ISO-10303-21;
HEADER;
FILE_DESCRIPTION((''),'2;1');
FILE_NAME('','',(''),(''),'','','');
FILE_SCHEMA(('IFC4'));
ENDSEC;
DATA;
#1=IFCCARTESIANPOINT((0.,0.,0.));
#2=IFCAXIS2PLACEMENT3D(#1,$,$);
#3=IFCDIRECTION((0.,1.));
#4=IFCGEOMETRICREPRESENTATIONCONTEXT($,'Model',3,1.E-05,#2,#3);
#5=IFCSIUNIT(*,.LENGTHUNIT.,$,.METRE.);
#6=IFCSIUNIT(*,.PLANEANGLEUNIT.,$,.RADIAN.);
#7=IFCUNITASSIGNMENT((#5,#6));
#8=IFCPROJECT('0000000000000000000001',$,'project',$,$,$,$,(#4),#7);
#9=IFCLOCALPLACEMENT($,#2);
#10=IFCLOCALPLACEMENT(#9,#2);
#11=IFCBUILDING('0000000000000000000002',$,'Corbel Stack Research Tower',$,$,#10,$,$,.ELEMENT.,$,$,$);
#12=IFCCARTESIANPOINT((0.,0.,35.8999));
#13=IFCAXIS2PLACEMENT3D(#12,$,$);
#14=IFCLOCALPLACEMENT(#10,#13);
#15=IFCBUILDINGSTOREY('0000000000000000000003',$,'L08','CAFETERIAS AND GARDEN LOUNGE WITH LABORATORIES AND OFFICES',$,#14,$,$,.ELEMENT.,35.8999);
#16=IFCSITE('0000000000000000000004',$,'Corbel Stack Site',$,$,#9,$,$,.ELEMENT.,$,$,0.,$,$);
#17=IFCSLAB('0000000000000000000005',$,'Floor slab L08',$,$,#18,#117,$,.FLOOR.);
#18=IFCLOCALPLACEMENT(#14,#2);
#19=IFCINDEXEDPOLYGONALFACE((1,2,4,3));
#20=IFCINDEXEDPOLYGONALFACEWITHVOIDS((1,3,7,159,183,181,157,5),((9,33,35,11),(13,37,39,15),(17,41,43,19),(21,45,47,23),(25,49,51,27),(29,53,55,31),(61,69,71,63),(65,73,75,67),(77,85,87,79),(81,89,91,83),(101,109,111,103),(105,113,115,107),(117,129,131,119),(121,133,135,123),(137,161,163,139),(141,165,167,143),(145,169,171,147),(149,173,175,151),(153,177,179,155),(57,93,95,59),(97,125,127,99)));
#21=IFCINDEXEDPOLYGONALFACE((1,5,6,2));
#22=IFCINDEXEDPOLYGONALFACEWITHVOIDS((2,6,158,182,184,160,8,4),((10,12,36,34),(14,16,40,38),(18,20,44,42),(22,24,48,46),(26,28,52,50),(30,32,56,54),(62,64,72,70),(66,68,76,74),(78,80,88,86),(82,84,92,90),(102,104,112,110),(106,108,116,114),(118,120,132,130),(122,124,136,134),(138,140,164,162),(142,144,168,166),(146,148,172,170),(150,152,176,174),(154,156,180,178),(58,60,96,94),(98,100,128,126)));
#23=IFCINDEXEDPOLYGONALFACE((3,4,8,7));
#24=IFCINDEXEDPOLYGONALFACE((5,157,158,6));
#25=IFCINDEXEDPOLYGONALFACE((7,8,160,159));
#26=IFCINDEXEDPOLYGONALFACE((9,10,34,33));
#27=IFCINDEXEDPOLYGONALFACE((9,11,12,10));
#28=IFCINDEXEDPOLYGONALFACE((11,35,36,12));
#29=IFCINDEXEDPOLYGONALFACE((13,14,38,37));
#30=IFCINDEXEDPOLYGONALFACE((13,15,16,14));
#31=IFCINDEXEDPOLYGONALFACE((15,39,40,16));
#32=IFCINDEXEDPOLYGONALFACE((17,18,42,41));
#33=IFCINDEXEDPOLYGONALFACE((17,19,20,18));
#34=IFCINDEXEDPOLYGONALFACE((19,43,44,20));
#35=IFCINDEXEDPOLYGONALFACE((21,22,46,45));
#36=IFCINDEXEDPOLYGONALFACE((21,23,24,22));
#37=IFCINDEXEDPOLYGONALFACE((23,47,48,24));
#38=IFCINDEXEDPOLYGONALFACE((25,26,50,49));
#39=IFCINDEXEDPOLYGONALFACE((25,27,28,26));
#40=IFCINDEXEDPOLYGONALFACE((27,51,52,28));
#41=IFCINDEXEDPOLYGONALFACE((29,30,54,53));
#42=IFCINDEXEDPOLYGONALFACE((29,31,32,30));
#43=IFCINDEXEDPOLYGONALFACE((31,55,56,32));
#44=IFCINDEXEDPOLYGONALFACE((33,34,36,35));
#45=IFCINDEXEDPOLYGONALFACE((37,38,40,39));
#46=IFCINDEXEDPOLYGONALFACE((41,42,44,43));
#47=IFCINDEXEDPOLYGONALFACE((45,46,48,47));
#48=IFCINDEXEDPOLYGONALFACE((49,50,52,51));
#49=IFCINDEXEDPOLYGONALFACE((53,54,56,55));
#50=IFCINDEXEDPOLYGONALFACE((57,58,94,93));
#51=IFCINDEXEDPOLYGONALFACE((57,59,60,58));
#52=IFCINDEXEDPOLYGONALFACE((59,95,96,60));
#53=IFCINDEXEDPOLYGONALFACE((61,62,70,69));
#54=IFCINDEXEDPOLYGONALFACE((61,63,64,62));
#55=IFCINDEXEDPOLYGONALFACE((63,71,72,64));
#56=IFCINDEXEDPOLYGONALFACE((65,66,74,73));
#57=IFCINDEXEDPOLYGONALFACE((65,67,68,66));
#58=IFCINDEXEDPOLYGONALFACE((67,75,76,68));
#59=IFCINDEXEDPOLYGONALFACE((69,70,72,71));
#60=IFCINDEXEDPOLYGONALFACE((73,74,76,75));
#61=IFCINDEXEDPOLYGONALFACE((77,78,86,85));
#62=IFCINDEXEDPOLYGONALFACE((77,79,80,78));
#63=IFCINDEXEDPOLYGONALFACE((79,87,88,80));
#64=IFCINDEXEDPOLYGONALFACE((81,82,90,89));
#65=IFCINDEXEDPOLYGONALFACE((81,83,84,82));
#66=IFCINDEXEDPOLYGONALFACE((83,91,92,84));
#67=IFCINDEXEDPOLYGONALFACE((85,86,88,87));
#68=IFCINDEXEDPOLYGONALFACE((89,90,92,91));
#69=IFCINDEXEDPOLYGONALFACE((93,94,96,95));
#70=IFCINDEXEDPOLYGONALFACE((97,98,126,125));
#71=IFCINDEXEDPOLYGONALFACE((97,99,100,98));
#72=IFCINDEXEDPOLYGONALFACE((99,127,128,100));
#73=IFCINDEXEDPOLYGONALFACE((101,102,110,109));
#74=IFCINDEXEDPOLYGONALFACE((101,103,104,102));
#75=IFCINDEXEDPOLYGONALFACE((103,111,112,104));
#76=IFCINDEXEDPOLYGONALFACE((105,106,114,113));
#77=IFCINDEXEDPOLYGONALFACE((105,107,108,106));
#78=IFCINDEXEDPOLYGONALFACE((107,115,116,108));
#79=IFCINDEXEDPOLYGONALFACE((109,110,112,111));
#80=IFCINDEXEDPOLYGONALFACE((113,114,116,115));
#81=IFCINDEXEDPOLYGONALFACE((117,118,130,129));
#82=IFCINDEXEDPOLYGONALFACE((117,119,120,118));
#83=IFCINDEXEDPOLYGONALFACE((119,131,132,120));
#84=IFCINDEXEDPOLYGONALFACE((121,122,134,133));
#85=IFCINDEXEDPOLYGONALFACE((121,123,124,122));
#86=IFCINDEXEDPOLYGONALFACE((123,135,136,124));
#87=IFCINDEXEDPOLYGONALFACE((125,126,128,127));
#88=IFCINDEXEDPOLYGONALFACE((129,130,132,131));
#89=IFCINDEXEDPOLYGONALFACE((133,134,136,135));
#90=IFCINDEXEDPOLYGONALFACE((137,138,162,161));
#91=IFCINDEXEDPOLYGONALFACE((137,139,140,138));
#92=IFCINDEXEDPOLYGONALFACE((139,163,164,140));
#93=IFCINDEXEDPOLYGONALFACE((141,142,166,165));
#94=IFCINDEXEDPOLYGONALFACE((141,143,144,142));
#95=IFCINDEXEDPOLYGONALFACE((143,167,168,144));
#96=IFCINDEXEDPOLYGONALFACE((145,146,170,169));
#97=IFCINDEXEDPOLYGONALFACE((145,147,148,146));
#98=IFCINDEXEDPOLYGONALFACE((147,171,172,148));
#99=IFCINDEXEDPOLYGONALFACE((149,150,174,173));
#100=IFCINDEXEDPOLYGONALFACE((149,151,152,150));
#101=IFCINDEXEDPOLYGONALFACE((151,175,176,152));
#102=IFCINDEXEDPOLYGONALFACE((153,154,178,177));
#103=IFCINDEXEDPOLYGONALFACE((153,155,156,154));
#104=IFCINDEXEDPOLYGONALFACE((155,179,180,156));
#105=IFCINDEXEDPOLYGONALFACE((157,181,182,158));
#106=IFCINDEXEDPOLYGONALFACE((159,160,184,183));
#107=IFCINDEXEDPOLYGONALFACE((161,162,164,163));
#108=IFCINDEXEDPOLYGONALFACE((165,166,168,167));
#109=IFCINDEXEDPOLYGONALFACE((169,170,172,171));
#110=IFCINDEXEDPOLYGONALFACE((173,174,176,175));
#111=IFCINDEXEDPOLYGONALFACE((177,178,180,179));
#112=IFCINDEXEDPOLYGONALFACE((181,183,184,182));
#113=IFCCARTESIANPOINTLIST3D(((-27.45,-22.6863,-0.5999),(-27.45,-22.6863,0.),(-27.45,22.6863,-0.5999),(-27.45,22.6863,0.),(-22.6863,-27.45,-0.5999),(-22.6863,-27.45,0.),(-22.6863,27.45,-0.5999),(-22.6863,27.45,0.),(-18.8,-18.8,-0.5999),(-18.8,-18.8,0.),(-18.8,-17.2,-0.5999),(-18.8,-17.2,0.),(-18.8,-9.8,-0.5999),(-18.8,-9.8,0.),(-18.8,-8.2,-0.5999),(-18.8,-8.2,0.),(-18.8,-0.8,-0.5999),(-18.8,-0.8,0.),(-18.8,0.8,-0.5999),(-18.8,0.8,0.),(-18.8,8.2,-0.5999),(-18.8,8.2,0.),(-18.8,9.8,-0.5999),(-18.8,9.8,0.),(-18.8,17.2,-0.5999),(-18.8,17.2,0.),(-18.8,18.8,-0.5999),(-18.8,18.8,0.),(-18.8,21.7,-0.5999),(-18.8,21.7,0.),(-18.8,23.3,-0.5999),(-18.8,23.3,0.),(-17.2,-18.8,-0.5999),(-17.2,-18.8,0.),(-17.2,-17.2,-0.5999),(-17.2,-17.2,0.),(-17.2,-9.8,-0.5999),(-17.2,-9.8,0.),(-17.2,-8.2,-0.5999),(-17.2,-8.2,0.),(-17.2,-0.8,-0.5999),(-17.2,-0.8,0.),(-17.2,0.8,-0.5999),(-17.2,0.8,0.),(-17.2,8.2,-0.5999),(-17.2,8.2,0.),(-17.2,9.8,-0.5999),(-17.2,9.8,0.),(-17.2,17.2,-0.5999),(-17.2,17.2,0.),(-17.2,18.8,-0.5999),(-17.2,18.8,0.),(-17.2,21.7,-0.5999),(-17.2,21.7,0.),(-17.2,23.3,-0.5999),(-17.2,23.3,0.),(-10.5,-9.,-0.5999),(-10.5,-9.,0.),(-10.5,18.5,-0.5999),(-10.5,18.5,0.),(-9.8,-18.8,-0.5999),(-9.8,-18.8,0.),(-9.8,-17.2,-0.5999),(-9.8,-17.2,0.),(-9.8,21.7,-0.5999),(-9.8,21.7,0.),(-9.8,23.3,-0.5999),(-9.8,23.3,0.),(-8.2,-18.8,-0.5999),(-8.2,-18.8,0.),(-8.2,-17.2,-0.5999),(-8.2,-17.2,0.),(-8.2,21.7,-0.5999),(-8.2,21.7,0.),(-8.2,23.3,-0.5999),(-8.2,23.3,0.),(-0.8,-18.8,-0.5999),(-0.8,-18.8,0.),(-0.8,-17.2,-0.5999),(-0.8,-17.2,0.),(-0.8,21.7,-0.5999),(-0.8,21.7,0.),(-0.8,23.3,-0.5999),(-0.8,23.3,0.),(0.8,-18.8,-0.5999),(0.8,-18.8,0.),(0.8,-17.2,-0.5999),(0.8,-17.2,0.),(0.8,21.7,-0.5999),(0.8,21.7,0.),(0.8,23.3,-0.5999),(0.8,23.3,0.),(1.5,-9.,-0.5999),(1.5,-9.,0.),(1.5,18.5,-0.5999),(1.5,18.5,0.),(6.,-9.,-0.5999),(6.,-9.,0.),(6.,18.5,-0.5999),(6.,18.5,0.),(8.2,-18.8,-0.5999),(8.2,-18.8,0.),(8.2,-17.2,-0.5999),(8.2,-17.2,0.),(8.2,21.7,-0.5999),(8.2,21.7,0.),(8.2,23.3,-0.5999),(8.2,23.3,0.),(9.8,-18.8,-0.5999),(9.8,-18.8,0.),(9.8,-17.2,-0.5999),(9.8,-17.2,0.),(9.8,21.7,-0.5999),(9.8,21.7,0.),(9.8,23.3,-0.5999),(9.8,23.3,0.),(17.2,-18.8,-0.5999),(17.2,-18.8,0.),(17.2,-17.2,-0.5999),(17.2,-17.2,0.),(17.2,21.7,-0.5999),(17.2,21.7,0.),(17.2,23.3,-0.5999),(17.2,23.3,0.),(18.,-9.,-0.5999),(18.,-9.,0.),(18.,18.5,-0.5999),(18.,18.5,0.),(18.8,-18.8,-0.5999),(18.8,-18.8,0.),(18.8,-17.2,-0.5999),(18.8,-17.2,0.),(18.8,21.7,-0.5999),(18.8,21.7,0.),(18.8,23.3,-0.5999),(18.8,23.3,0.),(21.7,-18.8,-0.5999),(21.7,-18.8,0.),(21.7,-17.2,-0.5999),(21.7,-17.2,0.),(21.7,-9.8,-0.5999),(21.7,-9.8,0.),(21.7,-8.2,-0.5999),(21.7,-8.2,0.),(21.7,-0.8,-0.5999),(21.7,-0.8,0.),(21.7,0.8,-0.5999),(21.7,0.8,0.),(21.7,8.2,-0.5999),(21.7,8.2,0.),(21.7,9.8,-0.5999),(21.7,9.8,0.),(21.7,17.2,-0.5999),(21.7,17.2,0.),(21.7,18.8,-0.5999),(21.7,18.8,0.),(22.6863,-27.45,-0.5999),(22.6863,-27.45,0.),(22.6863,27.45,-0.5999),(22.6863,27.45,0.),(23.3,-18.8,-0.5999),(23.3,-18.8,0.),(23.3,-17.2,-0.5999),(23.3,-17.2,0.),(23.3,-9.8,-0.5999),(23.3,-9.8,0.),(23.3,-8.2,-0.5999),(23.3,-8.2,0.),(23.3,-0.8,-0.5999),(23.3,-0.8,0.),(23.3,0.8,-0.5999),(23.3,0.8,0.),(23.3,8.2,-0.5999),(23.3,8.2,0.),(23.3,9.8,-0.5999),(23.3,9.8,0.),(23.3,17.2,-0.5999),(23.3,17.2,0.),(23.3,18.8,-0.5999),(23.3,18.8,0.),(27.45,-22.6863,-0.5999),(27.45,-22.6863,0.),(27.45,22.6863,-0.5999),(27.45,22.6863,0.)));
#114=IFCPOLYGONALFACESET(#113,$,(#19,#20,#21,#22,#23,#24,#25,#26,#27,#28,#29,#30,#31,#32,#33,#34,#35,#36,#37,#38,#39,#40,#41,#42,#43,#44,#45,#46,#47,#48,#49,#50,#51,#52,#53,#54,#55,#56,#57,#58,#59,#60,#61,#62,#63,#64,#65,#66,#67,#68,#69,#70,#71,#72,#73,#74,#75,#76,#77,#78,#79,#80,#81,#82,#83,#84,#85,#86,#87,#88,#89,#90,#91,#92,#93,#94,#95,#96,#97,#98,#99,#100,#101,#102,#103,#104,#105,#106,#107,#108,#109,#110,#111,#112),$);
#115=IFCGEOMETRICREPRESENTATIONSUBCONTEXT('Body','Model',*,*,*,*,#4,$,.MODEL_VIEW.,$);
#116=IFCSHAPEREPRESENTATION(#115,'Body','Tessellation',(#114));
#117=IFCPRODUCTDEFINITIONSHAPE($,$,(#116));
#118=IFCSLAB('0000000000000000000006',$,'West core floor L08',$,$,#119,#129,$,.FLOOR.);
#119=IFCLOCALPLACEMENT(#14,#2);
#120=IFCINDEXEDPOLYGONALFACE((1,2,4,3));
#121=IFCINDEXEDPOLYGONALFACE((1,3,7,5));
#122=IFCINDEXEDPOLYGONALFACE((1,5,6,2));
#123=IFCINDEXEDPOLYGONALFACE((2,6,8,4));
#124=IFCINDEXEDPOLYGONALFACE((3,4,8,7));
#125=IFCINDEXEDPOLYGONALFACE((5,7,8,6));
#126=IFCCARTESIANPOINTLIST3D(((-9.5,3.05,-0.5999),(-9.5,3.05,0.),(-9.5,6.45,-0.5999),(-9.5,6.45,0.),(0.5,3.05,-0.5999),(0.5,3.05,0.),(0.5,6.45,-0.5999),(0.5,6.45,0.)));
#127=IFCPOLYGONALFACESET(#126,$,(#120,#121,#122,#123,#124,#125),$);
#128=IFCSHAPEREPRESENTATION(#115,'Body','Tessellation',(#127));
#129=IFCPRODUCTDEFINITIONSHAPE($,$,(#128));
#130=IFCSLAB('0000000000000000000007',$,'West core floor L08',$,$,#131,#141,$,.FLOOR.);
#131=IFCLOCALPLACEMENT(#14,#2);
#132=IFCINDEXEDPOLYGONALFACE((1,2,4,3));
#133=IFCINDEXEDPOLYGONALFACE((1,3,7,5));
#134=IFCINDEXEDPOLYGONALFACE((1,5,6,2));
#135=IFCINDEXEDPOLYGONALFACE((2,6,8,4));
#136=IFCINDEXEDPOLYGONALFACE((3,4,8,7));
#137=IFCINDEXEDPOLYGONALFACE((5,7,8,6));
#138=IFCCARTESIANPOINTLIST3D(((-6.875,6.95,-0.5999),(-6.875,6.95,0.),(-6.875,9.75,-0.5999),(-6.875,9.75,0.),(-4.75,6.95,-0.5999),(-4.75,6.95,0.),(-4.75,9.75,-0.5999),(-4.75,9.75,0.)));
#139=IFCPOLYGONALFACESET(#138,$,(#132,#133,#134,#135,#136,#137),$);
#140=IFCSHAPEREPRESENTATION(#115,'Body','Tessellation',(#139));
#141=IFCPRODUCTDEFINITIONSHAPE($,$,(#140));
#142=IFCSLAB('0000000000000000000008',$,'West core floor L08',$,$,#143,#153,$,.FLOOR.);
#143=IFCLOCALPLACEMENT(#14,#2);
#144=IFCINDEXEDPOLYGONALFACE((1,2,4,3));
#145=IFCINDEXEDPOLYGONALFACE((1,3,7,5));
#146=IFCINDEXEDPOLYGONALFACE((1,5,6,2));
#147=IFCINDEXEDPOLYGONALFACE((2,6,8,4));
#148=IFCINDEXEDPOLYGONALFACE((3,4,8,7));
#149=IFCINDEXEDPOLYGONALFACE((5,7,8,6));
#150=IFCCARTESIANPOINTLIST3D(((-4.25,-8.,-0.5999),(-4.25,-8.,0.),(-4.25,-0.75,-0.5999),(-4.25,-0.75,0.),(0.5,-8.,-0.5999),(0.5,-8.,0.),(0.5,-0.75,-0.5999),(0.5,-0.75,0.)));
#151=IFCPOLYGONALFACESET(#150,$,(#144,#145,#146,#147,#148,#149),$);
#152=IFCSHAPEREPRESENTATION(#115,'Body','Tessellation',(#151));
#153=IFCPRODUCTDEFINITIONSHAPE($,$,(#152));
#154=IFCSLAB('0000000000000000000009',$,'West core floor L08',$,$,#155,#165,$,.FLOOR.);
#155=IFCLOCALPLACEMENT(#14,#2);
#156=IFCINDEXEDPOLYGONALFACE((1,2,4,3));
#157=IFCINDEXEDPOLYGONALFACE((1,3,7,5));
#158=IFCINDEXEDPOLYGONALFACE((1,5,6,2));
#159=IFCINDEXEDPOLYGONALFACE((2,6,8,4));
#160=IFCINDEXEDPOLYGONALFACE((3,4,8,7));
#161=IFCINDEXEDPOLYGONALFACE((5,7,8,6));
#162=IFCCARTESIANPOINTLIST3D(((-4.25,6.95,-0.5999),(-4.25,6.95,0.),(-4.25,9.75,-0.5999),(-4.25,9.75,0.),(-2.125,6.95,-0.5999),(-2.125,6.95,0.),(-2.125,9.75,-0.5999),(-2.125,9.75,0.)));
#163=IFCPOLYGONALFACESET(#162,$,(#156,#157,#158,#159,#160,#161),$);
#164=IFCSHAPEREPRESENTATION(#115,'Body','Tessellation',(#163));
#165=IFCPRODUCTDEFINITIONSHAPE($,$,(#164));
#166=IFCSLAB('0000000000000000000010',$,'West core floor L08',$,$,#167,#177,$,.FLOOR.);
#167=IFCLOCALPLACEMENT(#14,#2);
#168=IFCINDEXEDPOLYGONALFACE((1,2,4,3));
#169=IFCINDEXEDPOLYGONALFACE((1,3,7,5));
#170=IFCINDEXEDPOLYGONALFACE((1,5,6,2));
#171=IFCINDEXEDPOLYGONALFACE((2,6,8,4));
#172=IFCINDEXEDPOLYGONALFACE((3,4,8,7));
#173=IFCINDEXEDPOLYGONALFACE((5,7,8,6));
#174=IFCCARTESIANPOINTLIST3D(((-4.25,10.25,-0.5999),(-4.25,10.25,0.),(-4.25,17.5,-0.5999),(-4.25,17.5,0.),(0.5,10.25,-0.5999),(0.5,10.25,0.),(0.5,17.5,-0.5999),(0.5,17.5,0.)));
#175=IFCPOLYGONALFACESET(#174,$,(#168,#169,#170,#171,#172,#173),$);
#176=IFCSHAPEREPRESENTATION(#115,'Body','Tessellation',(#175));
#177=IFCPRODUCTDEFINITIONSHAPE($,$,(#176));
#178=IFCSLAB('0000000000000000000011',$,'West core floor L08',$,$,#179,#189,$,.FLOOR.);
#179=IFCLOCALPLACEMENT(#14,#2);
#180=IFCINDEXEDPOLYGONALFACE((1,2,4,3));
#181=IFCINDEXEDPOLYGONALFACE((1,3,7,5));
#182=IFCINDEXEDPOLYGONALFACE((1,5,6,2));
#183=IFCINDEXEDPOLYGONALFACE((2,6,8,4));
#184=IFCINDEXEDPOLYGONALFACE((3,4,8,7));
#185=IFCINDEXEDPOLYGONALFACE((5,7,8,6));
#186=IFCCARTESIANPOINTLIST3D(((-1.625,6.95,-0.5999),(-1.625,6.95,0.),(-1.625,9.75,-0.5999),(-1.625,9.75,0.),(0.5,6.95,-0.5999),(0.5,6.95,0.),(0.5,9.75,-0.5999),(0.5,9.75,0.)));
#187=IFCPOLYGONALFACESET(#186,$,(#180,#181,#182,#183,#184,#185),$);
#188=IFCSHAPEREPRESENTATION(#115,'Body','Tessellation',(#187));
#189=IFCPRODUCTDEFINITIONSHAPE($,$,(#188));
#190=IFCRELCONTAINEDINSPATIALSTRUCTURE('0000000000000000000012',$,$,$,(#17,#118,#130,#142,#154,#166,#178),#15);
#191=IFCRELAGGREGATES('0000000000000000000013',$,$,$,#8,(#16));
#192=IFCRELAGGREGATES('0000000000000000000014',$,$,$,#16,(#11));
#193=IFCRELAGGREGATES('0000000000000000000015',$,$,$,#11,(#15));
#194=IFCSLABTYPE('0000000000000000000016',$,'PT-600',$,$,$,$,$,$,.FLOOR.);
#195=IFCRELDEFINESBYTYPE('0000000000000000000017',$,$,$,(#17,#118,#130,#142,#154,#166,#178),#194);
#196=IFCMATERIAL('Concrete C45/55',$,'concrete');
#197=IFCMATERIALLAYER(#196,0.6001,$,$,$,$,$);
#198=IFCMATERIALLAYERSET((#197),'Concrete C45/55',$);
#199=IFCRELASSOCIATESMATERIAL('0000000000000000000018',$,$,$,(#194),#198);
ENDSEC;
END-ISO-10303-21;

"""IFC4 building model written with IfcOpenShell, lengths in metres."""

from ifc_helpers import new_model, si_unit, direction, frame, origin, place, context, subcontext, project, spatial, polyline, outline, extrude, material, layer, layer_set, type_object, element, save


model = new_model("IFC4")

# Units and contexts
model_context = context("Model", 3, precision=1e-05, world=origin(), true_north=direction((0.0, 1.0)))
body_context = subcontext(model_context, "Body", "Model", "MODEL_VIEW")
ifc_project = project(units=[si_unit("LENGTHUNIT", "METRE"), si_unit("PLANEANGLEUNIT", "RADIAN")], contexts=[model_context])

# Site, building, storey
site_placement = place(None, origin())
site = spatial("IfcSite", under=ifc_project, at=site_placement, Name="Corbel Stack Site", CompositionType="ELEMENT", RefElevation=0.0)
building_placement = place(site_placement, origin())
building = spatial("IfcBuilding", under=site, at=building_placement, Name="Corbel Stack Research Tower", CompositionType="ELEMENT")
storey_placement = place(building_placement, frame((0.0, 0.0, 35.8999)))
storey = spatial("IfcBuildingStorey", under=building, at=storey_placement, Name="L08", Description="CAFETERIAS AND GARDEN LOUNGE WITH LABORATORIES AND OFFICES", CompositionType="ELEMENT", Elevation=35.8999)

# Slabs
ifc_material_1 = material(Name="Concrete C45/55", Category="concrete")
ifc_layer_1 = layer(ifc_material_1, 0.6001)
ifc_layer_set_1 = layer_set([ifc_layer_1], Name="Concrete C45/55")
slab_type = type_object("IfcSlabType", Name="PT-600", PredefinedType="FLOOR", material=ifc_layer_set_1)
slab_1_placement = place(storey_placement, frame((0.0, 0.0, -0.5999)))
element("IfcSlab", 1, at=slab_1_placement, inside=storey, type_object=slab_type, Name="Floor slab L08", PredefinedType="FLOOR", context=body_context, shape_type="SweptSolid", body=[
    extrude(outline(polyline([(-22.6863, -27.45), (22.6863, -27.45), (27.45, -22.6863), (27.45, 22.6863), (22.6863, 27.45), (-22.6863, 27.45), (-27.45, 22.6863), (-27.45, -22.6863), (-22.6863, -27.45)]), holes=[polyline([(23.3, 17.2), (21.7, 17.2), (21.7, 18.8), (23.3, 18.8), (23.3, 17.2)]), polyline([(21.7, 8.2), (21.7, 9.8), (23.3, 9.8), (23.3, 8.2), (21.7, 8.2)]), polyline([(23.3, -0.8), (21.7, -0.8), (21.7, 0.8), (23.3, 0.8), (23.3, -0.8)]), polyline([(21.7, -9.8), (21.7, -8.2), (23.3, -8.2), (23.3, -9.8), (21.7, -9.8)]), polyline([(21.7, -18.8), (21.7, -17.2), (23.3, -17.2), (23.3, -18.8), (21.7, -18.8)]), polyline([(17.2, 21.7), (17.2, 23.3), (18.8, 23.3), (18.8, 21.7), (17.2, 21.7)]), polyline([(18.8, -18.8), (17.2, -18.8), (17.2, -17.2), (18.8, -17.2), (18.8, -18.8)]), polyline([(6.0, -9.0), (6.0, 18.5), (18.0, 18.5), (18.0, -9.0), (6.0, -9.0)]), polyline([(8.2, 21.7), (8.2, 23.3), (9.8, 23.3), (9.8, 21.7), (8.2, 21.7)]), polyline([(9.8, -18.8), (8.2, -18.8), (8.2, -17.2), (9.8, -17.2), (9.8, -18.8)]), polyline([(1.5, -9.0), (-10.5, -9.0), (-10.5, 18.5), (1.5, 18.5), (1.5, -9.0)]), polyline([(0.8, 21.7), (-0.8, 21.7), (-0.8, 23.3), (0.8, 23.3), (0.8, 21.7)]), polyline([(0.8, -18.8), (-0.8, -18.8), (-0.8, -17.2), (0.8, -17.2), (0.8, -18.8)]), polyline([(-9.8, 21.7), (-9.8, 23.3), (-8.2, 23.3), (-8.2, 21.7), (-9.8, 21.7)]), polyline([(-8.2, -18.8), (-9.8, -18.8), (-9.8, -17.2), (-8.2, -17.2), (-8.2, -18.8)]), polyline([(-18.8, 21.7), (-18.8, 23.3), (-17.2, 23.3), (-17.2, 21.7), (-18.8, 21.7)]), polyline([(-17.2, 17.2), (-18.8, 17.2), (-18.8, 18.8), (-17.2, 18.8), (-17.2, 17.2)]), polyline([(-17.2, 8.2), (-18.8, 8.2), (-18.8, 9.8), (-17.2, 9.8), (-17.2, 8.2)]), polyline([(-18.8, -0.8), (-18.8, 0.8), (-17.2, 0.8), (-17.2, -0.8), (-18.8, -0.8)]), polyline([(-18.8, -9.8), (-18.8, -8.2), (-17.2, -8.2), (-17.2, -9.8), (-18.8, -9.8)]), polyline([(-17.2, -18.8), (-18.8, -18.8), (-18.8, -17.2), (-17.2, -17.2), (-17.2, -18.8)])]), origin(), (0.0, 0.0, 1.0), 0.5999),
])
slab_2_placement = place(storey_placement, frame((0.0, 0.0, -0.5999)))
element("IfcSlab", 2, at=slab_2_placement, inside=storey, type_object=slab_type, Name="West core floor L08", PredefinedType="FLOOR", context=body_context, shape_type="SweptSolid", body=[
    extrude(outline(polyline([(-9.5, 6.45), (-9.5, 3.05), (0.5, 3.05), (0.5, 6.45), (-9.5, 6.45)])), origin(), (0.0, 0.0, 1.0), 0.5999),
])
slab_3_placement = place(storey_placement, frame((0.0, 0.0, -0.5999)))
element("IfcSlab", 3, at=slab_3_placement, inside=storey, type_object=slab_type, Name="West core floor L08", PredefinedType="FLOOR", context=body_context, shape_type="SweptSolid", body=[
    extrude(outline(polyline([(-6.875, 6.95), (-4.75, 6.95), (-4.75, 9.75), (-6.875, 9.75), (-6.875, 6.95)])), origin(), (0.0, 0.0, 1.0), 0.5999),
])
slab_4_placement = place(storey_placement, frame((0.0, 0.0, -0.5999)))
element("IfcSlab", 4, at=slab_4_placement, inside=storey, type_object=slab_type, Name="West core floor L08", PredefinedType="FLOOR", context=body_context, shape_type="SweptSolid", body=[
    extrude(outline(polyline([(-4.25, -0.75), (-4.25, -8.0), (0.5, -8.0), (0.5, -0.75), (-4.25, -0.75)])), origin(), (0.0, 0.0, 1.0), 0.5999),
])
slab_5_placement = place(storey_placement, frame((0.0, 0.0, -0.5999)))
element("IfcSlab", 5, at=slab_5_placement, inside=storey, type_object=slab_type, Name="West core floor L08", PredefinedType="FLOOR", context=body_context, shape_type="SweptSolid", body=[
    extrude(outline(polyline([(-2.125, 6.95), (-2.125, 9.75), (-4.25, 9.75), (-4.25, 6.95), (-2.125, 6.95)])), origin(), (0.0, 0.0, 1.0), 0.5999),
])
slab_6_placement = place(storey_placement, frame((0.0, 0.0, -0.5999)))
element("IfcSlab", 6, at=slab_6_placement, inside=storey, type_object=slab_type, Name="West core floor L08", PredefinedType="FLOOR", context=body_context, shape_type="SweptSolid", body=[
    extrude(outline(polyline([(-4.25, 17.5), (-4.25, 10.25), (0.5, 10.25), (0.5, 17.5), (-4.25, 17.5)])), origin(), (0.0, 0.0, 1.0), 0.5999),
])
slab_7_placement = place(storey_placement, frame((0.0, 0.0, -0.5999)))
element("IfcSlab", 7, at=slab_7_placement, inside=storey, type_object=slab_type, Name="West core floor L08", PredefinedType="FLOOR", context=body_context, shape_type="SweptSolid", body=[
    extrude(outline(polyline([(0.5, 6.95), (0.5, 9.75), (-1.625, 9.75), (-1.625, 6.95), (0.5, 6.95)])), origin(), (0.0, 0.0, 1.0), 0.5999),
])

save(model, "model.ifc")
